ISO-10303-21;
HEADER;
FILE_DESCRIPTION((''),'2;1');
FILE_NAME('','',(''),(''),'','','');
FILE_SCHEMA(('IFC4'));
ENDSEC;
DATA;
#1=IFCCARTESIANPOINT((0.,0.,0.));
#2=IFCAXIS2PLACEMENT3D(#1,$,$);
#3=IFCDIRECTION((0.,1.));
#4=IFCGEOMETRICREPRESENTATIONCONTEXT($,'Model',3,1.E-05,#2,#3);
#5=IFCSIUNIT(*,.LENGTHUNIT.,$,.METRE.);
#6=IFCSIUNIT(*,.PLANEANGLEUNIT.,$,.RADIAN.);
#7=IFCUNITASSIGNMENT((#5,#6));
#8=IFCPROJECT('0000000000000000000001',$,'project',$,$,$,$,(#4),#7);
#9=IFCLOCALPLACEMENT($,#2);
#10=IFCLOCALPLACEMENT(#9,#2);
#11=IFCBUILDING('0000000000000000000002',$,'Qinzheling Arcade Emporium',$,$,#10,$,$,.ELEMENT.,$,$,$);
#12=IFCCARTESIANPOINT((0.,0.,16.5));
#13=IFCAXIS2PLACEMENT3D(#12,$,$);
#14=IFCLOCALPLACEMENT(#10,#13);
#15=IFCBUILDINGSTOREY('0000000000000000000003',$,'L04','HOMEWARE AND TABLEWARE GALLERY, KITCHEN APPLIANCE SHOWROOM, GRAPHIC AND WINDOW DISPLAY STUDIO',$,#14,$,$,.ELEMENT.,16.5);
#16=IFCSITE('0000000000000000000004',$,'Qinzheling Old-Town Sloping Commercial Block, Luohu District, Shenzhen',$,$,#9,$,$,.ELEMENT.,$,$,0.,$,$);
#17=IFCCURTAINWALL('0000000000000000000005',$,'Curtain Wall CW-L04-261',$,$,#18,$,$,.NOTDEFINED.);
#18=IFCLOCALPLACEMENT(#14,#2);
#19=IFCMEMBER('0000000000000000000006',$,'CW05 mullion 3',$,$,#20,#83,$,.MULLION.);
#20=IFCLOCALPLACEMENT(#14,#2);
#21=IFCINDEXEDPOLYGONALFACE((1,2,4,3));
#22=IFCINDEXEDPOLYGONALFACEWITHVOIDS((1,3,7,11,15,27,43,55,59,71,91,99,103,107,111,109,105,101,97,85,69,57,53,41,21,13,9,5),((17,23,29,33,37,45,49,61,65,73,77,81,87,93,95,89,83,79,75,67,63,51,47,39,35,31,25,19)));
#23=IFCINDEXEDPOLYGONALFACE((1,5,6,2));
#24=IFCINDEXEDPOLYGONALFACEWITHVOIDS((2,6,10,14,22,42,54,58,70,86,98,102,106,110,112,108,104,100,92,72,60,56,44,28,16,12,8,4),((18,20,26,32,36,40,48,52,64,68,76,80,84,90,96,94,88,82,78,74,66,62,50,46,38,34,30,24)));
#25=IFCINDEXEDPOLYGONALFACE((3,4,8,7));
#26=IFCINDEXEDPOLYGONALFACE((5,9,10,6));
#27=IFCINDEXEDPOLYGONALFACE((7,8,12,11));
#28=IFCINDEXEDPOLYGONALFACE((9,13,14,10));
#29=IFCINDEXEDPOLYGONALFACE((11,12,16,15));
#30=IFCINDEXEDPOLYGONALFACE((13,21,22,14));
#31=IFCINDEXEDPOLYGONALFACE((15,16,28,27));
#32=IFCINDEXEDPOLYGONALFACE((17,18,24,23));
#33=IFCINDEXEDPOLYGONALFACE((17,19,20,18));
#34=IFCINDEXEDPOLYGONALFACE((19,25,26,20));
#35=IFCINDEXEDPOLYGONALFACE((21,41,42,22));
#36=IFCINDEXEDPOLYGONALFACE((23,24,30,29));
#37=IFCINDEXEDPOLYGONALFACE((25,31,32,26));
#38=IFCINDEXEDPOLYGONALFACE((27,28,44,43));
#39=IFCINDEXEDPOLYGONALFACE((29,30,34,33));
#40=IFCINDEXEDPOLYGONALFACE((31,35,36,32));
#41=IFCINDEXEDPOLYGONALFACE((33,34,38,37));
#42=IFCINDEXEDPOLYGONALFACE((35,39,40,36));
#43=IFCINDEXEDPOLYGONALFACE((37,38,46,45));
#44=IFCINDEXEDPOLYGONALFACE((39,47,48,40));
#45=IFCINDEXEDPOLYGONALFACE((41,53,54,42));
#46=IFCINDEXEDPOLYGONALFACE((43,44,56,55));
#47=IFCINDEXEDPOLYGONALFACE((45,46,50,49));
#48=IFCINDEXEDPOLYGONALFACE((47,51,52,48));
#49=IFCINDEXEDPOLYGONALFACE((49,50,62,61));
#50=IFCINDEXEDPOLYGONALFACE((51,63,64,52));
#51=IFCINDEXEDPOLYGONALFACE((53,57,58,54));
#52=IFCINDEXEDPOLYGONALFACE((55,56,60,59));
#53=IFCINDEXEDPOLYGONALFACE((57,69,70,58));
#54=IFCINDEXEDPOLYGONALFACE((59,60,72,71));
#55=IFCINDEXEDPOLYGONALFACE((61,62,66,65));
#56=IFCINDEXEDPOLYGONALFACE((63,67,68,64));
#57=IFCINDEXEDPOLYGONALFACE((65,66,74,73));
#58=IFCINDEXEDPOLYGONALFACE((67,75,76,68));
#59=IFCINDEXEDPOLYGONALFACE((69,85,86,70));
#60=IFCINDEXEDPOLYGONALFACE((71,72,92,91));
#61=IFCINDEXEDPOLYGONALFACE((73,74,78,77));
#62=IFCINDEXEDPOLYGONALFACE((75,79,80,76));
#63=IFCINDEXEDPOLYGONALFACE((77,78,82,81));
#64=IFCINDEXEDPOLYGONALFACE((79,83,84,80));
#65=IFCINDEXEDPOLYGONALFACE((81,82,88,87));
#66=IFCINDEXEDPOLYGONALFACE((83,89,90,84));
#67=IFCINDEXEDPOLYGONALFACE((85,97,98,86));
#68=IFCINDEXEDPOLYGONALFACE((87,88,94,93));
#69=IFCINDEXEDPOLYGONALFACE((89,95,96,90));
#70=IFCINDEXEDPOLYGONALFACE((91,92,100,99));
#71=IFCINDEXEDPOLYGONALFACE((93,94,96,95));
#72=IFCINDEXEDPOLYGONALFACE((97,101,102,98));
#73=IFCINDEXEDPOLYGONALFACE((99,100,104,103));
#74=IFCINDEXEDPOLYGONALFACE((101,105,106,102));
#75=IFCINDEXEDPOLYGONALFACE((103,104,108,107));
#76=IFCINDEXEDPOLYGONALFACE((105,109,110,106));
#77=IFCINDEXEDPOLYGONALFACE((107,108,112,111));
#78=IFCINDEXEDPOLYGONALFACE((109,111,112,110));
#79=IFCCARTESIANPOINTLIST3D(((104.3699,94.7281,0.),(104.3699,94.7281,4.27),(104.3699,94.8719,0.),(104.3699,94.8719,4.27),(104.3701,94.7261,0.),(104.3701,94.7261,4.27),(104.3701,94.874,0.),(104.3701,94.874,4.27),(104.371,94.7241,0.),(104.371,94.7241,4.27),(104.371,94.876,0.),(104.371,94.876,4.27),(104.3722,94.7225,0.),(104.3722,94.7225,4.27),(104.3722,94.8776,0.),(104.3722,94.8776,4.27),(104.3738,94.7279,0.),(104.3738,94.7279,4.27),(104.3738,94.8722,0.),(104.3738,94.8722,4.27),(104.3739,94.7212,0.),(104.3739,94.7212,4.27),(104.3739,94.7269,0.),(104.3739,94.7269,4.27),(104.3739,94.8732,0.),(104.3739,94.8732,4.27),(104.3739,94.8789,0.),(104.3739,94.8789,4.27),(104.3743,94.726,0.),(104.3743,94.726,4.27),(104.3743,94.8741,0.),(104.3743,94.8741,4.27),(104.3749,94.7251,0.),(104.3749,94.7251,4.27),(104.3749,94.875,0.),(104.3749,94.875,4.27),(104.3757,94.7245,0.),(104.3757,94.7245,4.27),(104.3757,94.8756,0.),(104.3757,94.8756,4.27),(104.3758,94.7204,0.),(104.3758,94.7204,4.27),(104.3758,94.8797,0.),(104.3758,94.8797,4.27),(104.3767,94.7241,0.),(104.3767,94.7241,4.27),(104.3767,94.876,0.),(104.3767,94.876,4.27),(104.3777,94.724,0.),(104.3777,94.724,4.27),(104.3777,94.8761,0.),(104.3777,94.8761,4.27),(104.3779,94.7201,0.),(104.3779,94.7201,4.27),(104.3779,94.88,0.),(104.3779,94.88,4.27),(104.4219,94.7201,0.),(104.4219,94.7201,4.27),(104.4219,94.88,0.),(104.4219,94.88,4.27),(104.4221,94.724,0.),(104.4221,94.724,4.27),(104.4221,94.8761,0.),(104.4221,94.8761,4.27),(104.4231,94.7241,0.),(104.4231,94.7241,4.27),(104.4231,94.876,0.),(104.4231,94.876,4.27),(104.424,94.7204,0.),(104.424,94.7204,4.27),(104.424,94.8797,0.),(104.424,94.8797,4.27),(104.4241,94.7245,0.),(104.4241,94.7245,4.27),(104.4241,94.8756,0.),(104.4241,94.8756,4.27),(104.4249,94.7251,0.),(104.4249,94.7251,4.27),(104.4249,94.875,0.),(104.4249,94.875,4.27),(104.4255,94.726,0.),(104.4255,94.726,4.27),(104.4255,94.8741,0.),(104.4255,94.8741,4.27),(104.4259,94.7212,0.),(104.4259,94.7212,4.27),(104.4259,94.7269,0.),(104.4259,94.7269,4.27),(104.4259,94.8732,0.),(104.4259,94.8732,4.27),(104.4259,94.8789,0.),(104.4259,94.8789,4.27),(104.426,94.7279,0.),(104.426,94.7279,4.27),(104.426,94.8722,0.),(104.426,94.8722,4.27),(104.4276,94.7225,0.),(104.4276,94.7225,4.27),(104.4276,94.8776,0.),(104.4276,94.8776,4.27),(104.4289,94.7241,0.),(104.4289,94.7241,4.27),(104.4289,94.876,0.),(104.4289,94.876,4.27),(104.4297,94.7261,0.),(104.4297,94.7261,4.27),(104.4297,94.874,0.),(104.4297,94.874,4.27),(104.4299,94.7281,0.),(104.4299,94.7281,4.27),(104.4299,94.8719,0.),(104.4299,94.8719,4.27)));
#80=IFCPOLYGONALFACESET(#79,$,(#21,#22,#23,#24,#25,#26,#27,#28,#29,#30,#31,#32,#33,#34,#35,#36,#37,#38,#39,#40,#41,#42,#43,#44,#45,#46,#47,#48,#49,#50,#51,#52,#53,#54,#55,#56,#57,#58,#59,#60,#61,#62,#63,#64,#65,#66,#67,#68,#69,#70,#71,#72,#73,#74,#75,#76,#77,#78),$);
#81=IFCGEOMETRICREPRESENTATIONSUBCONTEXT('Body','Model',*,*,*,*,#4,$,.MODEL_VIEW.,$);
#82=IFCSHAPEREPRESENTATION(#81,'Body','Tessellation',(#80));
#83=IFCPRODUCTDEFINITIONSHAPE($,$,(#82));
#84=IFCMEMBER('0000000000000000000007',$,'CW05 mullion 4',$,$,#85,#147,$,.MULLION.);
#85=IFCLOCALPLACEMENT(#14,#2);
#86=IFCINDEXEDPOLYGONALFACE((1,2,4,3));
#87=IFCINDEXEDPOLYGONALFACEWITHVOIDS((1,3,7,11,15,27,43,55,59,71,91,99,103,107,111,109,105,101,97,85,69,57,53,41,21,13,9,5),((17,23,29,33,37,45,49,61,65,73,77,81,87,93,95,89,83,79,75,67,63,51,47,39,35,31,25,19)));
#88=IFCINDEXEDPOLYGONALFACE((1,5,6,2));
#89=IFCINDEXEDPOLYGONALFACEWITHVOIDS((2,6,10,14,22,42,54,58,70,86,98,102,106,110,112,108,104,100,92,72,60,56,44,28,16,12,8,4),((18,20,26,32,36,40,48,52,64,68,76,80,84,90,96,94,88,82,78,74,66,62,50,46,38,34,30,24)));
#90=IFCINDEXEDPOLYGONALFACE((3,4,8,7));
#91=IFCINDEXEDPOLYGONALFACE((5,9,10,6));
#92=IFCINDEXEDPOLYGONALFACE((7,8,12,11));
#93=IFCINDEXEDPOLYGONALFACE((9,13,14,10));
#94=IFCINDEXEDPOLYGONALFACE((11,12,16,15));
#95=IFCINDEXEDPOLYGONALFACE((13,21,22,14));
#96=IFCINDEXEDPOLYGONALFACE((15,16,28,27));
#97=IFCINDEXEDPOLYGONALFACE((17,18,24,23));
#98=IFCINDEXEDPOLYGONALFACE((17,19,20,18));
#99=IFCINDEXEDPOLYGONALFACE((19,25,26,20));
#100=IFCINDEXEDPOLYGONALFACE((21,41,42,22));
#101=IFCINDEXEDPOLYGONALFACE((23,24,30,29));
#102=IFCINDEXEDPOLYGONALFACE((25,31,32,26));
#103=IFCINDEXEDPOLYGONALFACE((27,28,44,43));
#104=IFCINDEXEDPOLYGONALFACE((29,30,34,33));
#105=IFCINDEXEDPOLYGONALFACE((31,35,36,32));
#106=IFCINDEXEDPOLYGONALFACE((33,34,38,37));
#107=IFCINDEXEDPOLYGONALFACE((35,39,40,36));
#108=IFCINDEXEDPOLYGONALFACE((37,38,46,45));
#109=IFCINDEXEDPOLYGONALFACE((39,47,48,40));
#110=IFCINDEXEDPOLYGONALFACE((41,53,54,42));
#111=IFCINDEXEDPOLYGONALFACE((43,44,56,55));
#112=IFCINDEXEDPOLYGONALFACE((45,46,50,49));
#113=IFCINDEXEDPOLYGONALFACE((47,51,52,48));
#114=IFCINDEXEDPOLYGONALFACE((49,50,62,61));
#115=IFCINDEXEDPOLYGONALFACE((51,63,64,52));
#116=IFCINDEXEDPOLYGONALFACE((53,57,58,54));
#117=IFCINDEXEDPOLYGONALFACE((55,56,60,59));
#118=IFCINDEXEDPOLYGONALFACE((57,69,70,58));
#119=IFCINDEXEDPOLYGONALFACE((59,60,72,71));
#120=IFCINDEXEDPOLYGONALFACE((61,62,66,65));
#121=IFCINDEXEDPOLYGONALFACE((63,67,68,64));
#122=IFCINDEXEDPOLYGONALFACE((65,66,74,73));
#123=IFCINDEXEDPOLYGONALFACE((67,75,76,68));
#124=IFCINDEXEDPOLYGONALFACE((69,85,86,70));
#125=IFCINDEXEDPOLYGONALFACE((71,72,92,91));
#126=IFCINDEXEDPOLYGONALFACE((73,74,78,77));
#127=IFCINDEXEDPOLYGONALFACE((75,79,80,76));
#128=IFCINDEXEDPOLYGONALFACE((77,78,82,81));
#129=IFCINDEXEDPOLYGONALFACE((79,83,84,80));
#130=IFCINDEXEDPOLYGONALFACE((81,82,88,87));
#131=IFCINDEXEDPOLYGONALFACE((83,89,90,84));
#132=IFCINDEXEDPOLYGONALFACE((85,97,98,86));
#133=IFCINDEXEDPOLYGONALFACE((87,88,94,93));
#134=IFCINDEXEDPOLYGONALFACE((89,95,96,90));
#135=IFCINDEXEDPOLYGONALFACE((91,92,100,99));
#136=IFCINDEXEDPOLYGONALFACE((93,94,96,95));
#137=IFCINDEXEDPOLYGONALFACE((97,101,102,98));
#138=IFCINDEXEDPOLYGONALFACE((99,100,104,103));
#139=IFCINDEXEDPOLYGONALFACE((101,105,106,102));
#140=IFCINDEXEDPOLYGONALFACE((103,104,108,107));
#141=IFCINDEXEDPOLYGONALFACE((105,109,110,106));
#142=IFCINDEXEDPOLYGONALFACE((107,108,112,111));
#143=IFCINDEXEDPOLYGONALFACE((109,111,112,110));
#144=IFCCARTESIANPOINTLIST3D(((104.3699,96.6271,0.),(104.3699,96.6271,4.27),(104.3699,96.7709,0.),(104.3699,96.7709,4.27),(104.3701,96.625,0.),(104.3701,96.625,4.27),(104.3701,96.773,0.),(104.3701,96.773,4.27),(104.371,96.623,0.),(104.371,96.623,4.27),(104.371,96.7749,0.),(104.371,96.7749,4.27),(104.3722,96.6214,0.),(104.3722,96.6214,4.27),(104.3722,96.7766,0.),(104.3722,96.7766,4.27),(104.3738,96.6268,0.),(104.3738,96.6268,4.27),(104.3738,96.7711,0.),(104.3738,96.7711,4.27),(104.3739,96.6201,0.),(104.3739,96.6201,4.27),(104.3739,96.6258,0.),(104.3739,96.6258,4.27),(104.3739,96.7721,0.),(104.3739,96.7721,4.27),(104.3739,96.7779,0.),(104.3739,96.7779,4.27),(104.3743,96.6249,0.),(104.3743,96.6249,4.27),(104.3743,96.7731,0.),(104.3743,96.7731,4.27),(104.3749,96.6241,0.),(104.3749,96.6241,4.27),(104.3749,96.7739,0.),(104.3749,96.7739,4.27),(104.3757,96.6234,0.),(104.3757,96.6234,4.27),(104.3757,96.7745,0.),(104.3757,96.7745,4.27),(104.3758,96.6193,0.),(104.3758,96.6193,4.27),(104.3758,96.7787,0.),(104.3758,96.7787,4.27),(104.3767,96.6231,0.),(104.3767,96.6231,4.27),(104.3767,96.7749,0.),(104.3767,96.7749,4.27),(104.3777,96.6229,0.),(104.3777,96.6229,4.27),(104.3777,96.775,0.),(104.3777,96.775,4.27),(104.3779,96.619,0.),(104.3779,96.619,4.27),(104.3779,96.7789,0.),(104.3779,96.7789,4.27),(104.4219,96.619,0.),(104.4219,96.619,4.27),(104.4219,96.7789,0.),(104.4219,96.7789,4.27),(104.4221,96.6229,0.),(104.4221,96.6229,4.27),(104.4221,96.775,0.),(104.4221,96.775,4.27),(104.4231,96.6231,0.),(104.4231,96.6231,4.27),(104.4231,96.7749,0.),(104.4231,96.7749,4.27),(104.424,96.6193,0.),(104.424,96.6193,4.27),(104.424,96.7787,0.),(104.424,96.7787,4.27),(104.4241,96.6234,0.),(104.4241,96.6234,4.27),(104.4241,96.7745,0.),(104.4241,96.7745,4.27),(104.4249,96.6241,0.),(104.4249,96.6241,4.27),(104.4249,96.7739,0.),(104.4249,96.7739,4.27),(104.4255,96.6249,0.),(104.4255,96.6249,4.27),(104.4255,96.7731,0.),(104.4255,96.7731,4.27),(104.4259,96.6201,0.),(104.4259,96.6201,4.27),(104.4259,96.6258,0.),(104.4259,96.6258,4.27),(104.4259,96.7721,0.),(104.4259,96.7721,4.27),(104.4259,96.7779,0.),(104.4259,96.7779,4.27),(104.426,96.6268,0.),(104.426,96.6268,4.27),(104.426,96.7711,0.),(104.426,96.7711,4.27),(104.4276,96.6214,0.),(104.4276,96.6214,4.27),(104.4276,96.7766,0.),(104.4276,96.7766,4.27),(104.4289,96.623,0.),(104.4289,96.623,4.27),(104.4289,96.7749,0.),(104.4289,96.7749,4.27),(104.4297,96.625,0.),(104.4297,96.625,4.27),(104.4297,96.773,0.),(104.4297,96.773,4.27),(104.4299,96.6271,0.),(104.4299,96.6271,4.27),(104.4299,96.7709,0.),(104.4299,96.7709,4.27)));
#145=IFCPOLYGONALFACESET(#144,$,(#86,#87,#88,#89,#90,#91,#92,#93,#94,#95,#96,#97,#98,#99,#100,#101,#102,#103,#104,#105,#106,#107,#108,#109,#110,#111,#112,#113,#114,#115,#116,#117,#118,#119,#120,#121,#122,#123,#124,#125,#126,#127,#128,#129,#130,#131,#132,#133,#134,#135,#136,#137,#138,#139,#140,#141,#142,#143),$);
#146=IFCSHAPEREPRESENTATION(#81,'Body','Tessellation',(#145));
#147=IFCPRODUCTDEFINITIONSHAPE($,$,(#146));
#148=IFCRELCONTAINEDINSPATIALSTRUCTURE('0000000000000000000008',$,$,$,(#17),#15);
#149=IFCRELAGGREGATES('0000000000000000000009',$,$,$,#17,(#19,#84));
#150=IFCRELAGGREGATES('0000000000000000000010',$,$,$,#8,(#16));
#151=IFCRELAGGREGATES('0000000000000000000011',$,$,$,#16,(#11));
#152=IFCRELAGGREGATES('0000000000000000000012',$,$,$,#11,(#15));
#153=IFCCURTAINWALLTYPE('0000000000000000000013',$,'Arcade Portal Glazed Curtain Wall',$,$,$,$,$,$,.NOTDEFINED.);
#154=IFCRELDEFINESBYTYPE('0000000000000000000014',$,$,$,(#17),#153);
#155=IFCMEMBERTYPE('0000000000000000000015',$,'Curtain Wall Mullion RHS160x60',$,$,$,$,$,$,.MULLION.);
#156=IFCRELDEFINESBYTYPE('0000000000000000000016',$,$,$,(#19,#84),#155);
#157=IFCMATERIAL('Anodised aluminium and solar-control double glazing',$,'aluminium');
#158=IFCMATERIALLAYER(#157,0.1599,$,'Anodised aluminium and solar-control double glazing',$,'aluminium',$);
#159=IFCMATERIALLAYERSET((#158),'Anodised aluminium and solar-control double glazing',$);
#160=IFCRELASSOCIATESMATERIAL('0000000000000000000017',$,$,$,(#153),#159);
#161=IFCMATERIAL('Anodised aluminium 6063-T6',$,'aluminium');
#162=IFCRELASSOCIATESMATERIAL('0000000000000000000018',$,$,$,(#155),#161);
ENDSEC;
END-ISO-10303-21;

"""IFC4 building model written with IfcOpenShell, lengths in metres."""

from ifc_helpers import new_model, si_unit, direction, frame, origin, origin_2d, place, context, subcontext, project, spatial, hollow_rectangle, extrude, material, layer, layer_set, material_profile, profile_set, type_object, element, aggregate, save


model = new_model("IFC4")

# Units and contexts
model_context = context("Model", 3, precision=1e-05, world=origin(), true_north=direction((0.0, 1.0)))
body_context = subcontext(model_context, "Body", "Model", "MODEL_VIEW")
ifc_project = project(units=[si_unit("LENGTHUNIT", "METRE"), si_unit("PLANEANGLEUNIT", "RADIAN")], contexts=[model_context])

# Site, building, storey
site_placement = place(None, origin())
site = spatial("IfcSite", under=ifc_project, at=site_placement, Name="Qinzheling Old-Town Sloping Commercial Block, Luohu District, Shenzhen", CompositionType="ELEMENT", RefElevation=0.0)
building_placement = place(site_placement, origin())
building = spatial("IfcBuilding", under=site, at=building_placement, Name="Qinzheling Arcade Emporium", CompositionType="ELEMENT")
storey_placement = place(building_placement, frame((0.0, 0.0, 16.5)))
storey = spatial("IfcBuildingStorey", under=building, at=storey_placement, Name="L04", Description="HOMEWARE AND TABLEWARE GALLERY, KITCHEN APPLIANCE SHOWROOM, GRAPHIC AND WINDOW DISPLAY STUDIO", CompositionType="ELEMENT", Elevation=16.5)

# Curtain wall, members
ifc_material_1 = material(Name="Anodised aluminium and solar-control double glazing", Category="aluminium")
ifc_layer_1 = layer(ifc_material_1, 0.1599, Name="Anodised aluminium and solar-control double glazing", Category="aluminium")
ifc_layer_set_1 = layer_set([ifc_layer_1], Name="Anodised aluminium and solar-control double glazing")
curtain_wall_type = type_object("IfcCurtainWallType", Name="Arcade Portal Glazed Curtain Wall", PredefinedType="NOTDEFINED", material=ifc_layer_set_1)
curtain_wall_placement = place(storey_placement, origin())
curtain_wall = element("IfcCurtainWall", 1, at=curtain_wall_placement, inside=storey, type_object=curtain_wall_type, Name="Curtain Wall CW-L04-261", PredefinedType="NOTDEFINED")
ifc_material_2 = material(Name="Anodised aluminium 6063-T6", Category="aluminium")
ifc_material_profile_1 = material_profile(ifc_material_2, hollow_rectangle(XDim=0.0601, YDim=0.1599, WallThickness=0.0039, InnerFilletRadius=0.0039, OuterFilletRadius=0.0081, at=origin_2d()), Name="RHS 160x60x4", Category="aluminium")
ifc_profile_set_1 = profile_set([ifc_material_profile_1], Name="Anodised aluminium 6063-T6")
member_type_1 = type_object("IfcMemberType", Name="Curtain Wall Mullion RHS160x60", PredefinedType="MULLION", material=ifc_profile_set_1)
member_1_placement = place(storey_placement, frame((104.3999, 94.8, 0.0), z_axis=(0.0, 0.0, 1.0), x_axis=(-1.0, 0.0, 0.0)))
member_1 = element("IfcMember", 2, at=member_1_placement, type_object=member_type_1, Name="CW05 mullion 3", PredefinedType="MULLION", context=body_context, shape_type="SweptSolid", body=[
    extrude(hollow_rectangle(XDim=0.0601, YDim=0.1599, WallThickness=0.0039, InnerFilletRadius=0.0039, OuterFilletRadius=0.0081, at=origin_2d()), origin(), (0.0, 0.0, 1.0), 4.27),
])
member_2_placement = place(storey_placement, frame((104.3999, 96.699, 0.0), z_axis=(0.0, 0.0, 1.0), x_axis=(-1.0, 0.0, 0.0)))
member_2 = element("IfcMember", 3, at=member_2_placement, type_object=member_type_1, Name="CW05 mullion 4", PredefinedType="MULLION", context=body_context, shape_type="SweptSolid", body=[
    extrude(hollow_rectangle(XDim=0.0601, YDim=0.1599, WallThickness=0.0039, InnerFilletRadius=0.0039, OuterFilletRadius=0.0081, at=origin_2d()), origin(), (0.0, 0.0, 1.0), 4.27),
])
aggregate(curtain_wall, [member_1, member_2])

save(model, "model.ifc")
